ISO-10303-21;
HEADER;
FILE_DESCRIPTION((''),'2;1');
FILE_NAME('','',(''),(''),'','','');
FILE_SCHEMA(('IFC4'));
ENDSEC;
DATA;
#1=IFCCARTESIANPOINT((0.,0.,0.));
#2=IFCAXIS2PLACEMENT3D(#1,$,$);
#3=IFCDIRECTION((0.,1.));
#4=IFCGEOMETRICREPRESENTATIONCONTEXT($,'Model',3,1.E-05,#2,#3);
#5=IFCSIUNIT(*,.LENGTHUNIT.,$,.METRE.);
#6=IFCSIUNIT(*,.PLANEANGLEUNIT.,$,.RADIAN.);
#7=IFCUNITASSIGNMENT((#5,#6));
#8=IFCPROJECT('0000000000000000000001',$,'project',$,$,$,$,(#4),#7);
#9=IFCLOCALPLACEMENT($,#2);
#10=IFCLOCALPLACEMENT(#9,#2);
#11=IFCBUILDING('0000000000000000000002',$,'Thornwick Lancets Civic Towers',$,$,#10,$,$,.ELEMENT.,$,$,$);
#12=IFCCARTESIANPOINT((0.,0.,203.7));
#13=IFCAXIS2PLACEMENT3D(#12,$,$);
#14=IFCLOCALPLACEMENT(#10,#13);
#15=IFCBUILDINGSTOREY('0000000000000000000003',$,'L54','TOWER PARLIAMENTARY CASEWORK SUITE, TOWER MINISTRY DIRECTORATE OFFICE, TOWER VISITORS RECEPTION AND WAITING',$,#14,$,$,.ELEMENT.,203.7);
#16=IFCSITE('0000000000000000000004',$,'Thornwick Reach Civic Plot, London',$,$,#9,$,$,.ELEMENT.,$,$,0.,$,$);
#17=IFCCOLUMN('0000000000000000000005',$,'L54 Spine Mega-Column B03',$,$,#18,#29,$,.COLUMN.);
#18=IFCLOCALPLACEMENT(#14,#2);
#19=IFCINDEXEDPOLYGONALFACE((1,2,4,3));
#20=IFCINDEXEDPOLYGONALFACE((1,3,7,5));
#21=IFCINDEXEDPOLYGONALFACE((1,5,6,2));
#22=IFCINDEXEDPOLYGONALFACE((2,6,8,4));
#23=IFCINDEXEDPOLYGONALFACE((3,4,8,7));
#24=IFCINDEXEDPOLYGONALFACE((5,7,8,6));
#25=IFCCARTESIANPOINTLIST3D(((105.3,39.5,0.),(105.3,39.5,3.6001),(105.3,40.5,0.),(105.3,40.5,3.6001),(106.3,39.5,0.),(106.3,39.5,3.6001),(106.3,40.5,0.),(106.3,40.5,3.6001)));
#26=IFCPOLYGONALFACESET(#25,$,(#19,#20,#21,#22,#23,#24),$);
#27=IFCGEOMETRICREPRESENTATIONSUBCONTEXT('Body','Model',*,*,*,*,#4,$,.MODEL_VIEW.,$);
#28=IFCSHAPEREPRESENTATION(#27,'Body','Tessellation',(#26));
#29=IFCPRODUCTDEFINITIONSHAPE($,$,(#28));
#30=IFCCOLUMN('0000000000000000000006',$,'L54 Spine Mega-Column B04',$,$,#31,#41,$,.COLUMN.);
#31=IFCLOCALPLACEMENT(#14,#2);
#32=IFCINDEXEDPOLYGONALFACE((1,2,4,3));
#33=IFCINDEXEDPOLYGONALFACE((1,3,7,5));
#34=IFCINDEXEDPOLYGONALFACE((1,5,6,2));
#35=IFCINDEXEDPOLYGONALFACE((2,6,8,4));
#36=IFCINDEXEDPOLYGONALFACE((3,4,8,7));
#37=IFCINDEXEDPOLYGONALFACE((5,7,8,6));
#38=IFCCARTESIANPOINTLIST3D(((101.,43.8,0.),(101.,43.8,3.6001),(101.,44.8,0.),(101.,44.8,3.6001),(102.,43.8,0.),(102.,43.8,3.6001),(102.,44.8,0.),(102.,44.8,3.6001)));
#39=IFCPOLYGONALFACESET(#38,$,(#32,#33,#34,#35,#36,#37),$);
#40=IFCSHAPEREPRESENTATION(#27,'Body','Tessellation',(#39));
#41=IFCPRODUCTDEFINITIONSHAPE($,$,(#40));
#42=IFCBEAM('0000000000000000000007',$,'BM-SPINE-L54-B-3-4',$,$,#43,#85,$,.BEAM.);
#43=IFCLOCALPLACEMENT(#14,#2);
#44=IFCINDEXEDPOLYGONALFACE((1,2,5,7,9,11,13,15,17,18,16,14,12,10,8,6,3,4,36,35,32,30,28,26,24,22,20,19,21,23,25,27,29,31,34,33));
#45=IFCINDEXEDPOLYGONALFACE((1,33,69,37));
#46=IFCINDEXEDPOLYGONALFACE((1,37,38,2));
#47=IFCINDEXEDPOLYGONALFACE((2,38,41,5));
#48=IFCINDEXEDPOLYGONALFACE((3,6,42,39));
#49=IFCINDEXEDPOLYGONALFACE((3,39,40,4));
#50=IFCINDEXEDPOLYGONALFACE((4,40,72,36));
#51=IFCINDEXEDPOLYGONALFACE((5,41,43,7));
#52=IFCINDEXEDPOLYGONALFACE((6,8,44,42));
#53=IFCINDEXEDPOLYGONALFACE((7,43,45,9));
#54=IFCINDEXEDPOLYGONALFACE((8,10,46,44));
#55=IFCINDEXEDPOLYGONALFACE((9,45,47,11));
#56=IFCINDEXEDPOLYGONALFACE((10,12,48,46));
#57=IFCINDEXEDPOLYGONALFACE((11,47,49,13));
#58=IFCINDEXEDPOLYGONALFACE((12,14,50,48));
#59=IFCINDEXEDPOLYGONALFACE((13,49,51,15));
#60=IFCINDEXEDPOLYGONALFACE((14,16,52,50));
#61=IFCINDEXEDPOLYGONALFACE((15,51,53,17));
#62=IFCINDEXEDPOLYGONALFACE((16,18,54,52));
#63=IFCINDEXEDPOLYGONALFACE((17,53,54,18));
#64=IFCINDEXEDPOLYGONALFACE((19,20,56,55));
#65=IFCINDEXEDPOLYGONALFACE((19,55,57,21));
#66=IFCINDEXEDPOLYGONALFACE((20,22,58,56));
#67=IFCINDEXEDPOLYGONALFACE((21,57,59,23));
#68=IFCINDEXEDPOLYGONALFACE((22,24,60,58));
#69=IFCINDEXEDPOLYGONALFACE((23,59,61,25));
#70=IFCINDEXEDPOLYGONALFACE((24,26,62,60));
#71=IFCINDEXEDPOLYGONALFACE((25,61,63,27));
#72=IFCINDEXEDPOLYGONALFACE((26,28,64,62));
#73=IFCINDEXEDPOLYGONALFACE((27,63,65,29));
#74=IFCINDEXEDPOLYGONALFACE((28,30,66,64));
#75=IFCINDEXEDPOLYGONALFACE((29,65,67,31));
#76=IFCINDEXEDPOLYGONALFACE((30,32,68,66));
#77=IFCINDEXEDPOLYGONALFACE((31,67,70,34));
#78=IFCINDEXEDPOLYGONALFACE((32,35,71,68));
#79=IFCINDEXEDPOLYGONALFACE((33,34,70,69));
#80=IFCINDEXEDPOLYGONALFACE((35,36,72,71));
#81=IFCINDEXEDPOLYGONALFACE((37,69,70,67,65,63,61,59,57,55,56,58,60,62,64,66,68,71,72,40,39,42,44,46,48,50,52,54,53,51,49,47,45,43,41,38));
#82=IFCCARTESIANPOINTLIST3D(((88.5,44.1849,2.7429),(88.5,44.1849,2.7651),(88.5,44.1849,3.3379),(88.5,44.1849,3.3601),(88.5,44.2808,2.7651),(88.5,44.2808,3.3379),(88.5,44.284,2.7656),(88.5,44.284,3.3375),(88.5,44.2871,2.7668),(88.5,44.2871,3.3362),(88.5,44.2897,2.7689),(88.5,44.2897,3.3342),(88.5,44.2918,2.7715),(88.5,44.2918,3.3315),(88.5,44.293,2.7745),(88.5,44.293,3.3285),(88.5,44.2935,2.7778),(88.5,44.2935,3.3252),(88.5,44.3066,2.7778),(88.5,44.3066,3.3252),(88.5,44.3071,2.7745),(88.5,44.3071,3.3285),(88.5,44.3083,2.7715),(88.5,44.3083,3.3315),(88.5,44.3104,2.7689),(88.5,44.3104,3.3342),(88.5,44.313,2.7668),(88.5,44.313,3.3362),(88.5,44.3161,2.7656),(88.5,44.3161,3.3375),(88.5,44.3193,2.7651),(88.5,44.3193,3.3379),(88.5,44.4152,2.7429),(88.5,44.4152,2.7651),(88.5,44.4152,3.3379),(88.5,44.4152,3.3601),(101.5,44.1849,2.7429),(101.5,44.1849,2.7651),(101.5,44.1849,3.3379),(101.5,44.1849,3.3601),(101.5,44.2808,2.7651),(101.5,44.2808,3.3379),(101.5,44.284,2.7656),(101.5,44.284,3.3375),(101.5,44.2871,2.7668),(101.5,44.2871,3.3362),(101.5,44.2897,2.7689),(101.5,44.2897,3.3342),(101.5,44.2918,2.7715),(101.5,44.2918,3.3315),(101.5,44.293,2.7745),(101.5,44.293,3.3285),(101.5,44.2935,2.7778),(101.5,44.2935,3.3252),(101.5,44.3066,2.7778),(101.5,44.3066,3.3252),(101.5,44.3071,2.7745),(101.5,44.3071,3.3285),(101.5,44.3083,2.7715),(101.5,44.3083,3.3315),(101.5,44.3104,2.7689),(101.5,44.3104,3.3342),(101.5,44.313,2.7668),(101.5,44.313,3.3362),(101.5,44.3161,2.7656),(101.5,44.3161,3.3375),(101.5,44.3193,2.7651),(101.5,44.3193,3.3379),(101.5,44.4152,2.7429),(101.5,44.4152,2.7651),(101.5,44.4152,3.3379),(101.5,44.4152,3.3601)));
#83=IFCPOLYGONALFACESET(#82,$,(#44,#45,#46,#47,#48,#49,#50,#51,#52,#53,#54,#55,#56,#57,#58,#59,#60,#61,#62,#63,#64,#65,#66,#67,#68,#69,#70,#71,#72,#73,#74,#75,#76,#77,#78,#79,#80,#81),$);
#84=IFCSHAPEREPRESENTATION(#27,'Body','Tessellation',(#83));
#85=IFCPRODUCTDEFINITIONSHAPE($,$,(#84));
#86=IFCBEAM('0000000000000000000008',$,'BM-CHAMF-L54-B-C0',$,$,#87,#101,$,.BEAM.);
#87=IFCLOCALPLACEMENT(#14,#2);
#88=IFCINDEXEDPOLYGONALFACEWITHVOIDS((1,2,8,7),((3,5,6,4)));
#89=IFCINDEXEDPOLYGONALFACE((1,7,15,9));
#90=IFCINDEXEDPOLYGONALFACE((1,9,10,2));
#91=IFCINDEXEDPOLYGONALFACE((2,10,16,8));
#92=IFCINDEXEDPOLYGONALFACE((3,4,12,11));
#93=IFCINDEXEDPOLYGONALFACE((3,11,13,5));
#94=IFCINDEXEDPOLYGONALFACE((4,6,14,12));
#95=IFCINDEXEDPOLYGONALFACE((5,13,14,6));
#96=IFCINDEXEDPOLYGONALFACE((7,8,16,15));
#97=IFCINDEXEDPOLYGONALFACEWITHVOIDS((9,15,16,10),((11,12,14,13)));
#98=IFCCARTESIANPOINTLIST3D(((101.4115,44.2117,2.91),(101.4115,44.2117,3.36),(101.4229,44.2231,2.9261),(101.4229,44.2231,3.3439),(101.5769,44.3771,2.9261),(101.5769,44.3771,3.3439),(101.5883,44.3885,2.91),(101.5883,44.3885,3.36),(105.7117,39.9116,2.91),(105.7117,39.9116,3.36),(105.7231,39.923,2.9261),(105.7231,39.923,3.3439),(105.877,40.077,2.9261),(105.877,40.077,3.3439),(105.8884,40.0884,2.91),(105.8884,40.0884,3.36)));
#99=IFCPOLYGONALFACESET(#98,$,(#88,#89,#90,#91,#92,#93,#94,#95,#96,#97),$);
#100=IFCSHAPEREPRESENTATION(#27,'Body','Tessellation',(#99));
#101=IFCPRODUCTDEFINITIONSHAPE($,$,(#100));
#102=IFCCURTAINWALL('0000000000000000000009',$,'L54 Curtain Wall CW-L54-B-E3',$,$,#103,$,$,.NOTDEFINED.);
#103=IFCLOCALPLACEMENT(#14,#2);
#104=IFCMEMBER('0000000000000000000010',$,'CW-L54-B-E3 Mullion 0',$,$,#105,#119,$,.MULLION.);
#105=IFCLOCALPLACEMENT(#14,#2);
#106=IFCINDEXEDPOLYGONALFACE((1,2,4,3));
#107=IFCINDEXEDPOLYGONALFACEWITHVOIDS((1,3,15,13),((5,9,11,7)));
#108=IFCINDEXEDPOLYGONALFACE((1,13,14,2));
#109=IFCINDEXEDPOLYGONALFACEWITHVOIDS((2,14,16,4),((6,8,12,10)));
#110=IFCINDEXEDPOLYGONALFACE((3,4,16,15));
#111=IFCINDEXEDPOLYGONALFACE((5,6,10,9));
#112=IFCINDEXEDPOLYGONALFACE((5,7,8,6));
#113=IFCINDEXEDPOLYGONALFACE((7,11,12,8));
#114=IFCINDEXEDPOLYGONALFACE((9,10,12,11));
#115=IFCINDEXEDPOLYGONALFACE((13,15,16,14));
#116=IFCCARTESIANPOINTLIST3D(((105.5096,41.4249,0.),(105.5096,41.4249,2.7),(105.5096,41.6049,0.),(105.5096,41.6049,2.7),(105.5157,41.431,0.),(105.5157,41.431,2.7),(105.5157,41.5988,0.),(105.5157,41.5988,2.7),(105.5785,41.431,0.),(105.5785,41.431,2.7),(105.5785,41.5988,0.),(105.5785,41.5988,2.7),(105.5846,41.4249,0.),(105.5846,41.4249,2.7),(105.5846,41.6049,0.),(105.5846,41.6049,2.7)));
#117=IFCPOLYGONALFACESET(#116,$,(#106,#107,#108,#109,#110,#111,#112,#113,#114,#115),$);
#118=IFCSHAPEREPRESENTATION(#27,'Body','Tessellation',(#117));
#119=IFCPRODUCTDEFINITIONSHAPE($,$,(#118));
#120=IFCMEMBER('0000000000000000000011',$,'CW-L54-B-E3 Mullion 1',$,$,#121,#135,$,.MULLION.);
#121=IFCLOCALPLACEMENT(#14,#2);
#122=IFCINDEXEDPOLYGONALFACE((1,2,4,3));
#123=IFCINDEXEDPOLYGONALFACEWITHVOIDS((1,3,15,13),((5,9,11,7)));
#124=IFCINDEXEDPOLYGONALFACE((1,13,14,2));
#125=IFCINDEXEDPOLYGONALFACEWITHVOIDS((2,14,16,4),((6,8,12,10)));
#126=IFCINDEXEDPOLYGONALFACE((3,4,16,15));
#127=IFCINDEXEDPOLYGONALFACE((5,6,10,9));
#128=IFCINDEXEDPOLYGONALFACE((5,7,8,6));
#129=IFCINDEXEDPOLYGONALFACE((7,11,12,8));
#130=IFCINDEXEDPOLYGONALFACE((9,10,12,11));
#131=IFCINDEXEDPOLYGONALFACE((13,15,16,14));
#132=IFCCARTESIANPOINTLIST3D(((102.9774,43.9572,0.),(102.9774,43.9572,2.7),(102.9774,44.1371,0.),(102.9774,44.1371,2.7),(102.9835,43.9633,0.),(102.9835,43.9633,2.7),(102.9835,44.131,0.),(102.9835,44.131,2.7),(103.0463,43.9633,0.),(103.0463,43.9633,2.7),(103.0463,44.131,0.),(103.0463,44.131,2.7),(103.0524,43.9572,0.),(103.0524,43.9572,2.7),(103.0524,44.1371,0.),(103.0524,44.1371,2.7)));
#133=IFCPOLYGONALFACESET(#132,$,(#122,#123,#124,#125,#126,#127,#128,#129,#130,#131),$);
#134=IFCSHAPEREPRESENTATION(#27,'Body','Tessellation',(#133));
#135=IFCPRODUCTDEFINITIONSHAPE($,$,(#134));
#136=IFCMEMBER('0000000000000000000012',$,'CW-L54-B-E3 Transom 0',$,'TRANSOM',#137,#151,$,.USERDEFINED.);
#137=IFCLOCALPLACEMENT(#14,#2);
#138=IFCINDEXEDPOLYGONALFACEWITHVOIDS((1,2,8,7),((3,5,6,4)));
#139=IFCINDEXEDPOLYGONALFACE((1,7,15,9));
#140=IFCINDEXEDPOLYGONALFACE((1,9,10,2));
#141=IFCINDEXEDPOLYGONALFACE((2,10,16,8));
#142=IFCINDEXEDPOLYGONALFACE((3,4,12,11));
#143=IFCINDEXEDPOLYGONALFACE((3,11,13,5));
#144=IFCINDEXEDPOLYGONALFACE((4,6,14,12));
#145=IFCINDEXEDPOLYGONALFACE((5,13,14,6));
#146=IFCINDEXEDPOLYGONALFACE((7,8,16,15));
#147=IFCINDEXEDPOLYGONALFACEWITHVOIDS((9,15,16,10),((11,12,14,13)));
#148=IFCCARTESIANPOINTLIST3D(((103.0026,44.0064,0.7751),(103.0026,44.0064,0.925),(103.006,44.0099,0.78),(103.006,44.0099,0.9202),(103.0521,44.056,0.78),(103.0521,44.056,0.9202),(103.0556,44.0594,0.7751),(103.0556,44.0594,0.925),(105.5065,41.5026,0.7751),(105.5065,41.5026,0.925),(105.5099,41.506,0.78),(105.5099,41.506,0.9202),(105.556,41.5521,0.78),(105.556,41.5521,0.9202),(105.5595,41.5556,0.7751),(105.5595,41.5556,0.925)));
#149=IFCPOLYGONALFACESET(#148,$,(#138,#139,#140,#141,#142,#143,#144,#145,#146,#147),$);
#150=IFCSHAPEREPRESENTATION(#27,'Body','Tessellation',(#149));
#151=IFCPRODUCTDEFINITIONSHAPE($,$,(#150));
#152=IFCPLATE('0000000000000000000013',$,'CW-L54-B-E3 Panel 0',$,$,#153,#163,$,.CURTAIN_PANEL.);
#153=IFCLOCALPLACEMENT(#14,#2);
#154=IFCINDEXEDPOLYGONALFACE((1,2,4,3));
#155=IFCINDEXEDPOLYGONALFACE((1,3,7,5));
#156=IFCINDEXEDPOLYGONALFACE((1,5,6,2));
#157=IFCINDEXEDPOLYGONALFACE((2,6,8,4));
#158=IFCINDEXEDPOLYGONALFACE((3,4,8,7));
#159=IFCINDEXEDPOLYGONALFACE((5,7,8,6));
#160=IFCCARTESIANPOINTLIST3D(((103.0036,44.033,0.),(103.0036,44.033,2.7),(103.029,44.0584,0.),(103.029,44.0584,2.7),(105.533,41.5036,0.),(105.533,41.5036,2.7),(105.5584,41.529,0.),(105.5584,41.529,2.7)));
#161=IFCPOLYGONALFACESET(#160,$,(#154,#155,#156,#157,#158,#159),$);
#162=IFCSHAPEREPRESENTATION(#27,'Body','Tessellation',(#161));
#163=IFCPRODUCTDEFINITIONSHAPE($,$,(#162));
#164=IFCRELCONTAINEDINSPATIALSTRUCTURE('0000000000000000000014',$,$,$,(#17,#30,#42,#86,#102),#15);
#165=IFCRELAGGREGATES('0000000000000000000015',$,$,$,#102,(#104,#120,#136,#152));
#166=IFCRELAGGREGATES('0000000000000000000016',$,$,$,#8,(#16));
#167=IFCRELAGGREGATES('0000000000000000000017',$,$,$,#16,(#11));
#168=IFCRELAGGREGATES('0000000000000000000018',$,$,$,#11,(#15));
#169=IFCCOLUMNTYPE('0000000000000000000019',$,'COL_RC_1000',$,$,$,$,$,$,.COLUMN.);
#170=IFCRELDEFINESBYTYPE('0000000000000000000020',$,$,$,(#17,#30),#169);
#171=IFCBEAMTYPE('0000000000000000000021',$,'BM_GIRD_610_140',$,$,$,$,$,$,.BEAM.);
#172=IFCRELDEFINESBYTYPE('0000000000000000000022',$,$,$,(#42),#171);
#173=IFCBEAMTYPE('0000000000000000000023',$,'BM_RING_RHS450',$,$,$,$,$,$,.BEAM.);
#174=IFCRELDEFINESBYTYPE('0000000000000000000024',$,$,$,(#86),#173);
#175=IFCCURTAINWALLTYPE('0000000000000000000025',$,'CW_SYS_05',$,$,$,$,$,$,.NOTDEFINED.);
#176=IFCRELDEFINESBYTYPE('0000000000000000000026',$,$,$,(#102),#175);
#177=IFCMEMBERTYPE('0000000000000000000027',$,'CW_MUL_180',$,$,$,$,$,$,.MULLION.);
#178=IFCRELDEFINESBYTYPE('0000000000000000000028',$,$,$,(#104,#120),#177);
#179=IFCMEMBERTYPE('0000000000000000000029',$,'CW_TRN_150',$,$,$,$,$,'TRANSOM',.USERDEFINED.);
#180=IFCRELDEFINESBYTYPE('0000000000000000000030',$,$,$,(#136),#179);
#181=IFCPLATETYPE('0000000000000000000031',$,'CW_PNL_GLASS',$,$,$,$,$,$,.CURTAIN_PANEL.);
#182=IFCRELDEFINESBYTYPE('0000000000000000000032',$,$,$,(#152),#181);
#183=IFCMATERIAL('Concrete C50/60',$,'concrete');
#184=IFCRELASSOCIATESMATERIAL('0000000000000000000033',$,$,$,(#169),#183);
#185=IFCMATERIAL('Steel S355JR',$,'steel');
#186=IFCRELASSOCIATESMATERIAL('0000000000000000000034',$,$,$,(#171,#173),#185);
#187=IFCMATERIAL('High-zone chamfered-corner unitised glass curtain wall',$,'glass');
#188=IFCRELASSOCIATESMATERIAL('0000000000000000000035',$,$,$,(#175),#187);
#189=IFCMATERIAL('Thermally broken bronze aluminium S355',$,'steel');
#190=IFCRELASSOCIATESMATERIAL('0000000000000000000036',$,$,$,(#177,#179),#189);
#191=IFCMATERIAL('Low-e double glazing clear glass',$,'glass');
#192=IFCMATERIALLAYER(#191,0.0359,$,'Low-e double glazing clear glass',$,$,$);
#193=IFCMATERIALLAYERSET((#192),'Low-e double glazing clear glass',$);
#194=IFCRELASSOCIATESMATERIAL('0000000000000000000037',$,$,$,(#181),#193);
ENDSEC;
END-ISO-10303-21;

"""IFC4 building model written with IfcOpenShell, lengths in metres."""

from ifc_helpers import new_model, si_unit, direction, frame, origin, origin_2d, place, context, subcontext, project, spatial, rectangle, hollow_rectangle, i_section, extrude, material, layer, layer_set, material_profile, profile_set, type_object, element, aggregate, save


model = new_model("IFC4")

# Units and contexts
model_context = context("Model", 3, precision=1e-05, world=origin(), true_north=direction((0.0, 1.0)))
body_context = subcontext(model_context, "Body", "Model", "MODEL_VIEW")
ifc_project = project(units=[si_unit("LENGTHUNIT", "METRE"), si_unit("PLANEANGLEUNIT", "RADIAN")], contexts=[model_context])

# Site, building, storey
site_placement = place(None, origin())
site = spatial("IfcSite", under=ifc_project, at=site_placement, Name="Thornwick Reach Civic Plot, London", CompositionType="ELEMENT", RefElevation=0.0)
building_placement = place(site_placement, origin())
building = spatial("IfcBuilding", under=site, at=building_placement, Name="Thornwick Lancets Civic Towers", CompositionType="ELEMENT")
storey_placement = place(building_placement, frame((0.0, 0.0, 203.7)))
storey = spatial("IfcBuildingStorey", under=building, at=storey_placement, Name="L54", Description="TOWER PARLIAMENTARY CASEWORK SUITE, TOWER MINISTRY DIRECTORATE OFFICE, TOWER VISITORS RECEPTION AND WAITING", CompositionType="ELEMENT", Elevation=203.7)

# Columns
ifc_material_1 = material(Name="Concrete C50/60", Category="concrete")
ifc_material_profile_1 = material_profile(ifc_material_1, rectangle(XDim=1.0, YDim=1.0, at=origin_2d()), Name="RC 1000x1000")
ifc_profile_set_1 = profile_set([ifc_material_profile_1], Name="Concrete C50/60")
column_type = type_object("IfcColumnType", Name="COL_RC_1000", PredefinedType="COLUMN", material=ifc_profile_set_1)
for number, where, z_axis, x_axis, name in (
    (1, (105.8, 40.0, 0.0), (0.0, 0.0, 1.0), (1.0, 0.0, 0.0), "L54 Spine Mega-Column B03"),
    (2, (101.5, 44.3, 0.0), (0.0, 0.0, 1.0), (1.0, 0.0, 0.0), "L54 Spine Mega-Column B04"),
):
    element("IfcColumn", number, at=place(storey_placement, frame(where, z_axis=z_axis, x_axis=x_axis)), inside=storey, type_object=column_type, Name=name, PredefinedType="COLUMN", context=body_context, shape_type="SweptSolid", body=[
        extrude(rectangle(XDim=1.0, YDim=1.0, at=origin_2d()), origin(), (0.0, 0.0, 1.0), 3.6001),
    ])

# Beams
ifc_material_2 = material(Name="Steel S355JR", Category="steel")
ifc_material_profile_2 = material_profile(ifc_material_2, i_section(OverallWidth=0.2302, OverallDepth=0.6172, WebThickness=0.0132, FlangeThickness=0.0222, FilletRadius=0.0127, at=origin_2d()), Name="UKB 610x229x140")
ifc_profile_set_2 = profile_set([ifc_material_profile_2], Name="Steel S355JR")
beam_type_1 = type_object("IfcBeamType", Name="BM_GIRD_610_140", PredefinedType="BEAM", material=ifc_profile_set_2)
beam_1_placement = place(storey_placement, frame((101.5, 44.3, 3.0515), z_axis=(-1.0, 0.0, 0.0), x_axis=(0.0, -1.0, 0.0)))
element("IfcBeam", 3, at=beam_1_placement, inside=storey, type_object=beam_type_1, Name="BM-SPINE-L54-B-3-4", PredefinedType="BEAM", context=body_context, shape_type="SweptSolid", body=[
    extrude(i_section(OverallWidth=0.2302, OverallDepth=0.6172, WebThickness=0.0132, FlangeThickness=0.0222, FilletRadius=0.0127, at=origin_2d()), origin(), (0.0, 0.0, 1.0), 13.0),
])
ifc_material_profile_3 = material_profile(ifc_material_2, hollow_rectangle(XDim=0.25, YDim=0.45, WallThickness=0.0161, at=origin_2d()), Name="RHS 450x250x16")
ifc_profile_set_3 = profile_set([ifc_material_profile_3], Name="Steel S355JR")
beam_type_2 = type_object("IfcBeamType", Name="BM_RING_RHS450", PredefinedType="BEAM", material=ifc_profile_set_3)
beam_2_placement = place(storey_placement, frame((105.8, 40.0, 3.135), z_axis=(-0.707107, 0.707107, 0.0), x_axis=(-0.707107, -0.707107, 0.0)))
element("IfcBeam", 4, at=beam_2_placement, inside=storey, type_object=beam_type_2, Name="BM-CHAMF-L54-B-C0", PredefinedType="BEAM", context=body_context, shape_type="SweptSolid", body=[
    extrude(hollow_rectangle(XDim=0.25, YDim=0.45, WallThickness=0.0161, at=origin_2d()), origin(), (0.0, 0.0, 1.0), 6.0813),
])

# Curtain wall, members, plate
ifc_material_3 = material(Name="High-zone chamfered-corner unitised glass curtain wall", Category="glass")
curtain_wall_type = type_object("IfcCurtainWallType", Name="CW_SYS_05", PredefinedType="NOTDEFINED", material=ifc_material_3)
curtain_wall_placement = place(storey_placement, origin())
curtain_wall = element("IfcCurtainWall", 5, at=curtain_wall_placement, inside=storey, type_object=curtain_wall_type, Name="L54 Curtain Wall CW-L54-B-E3", PredefinedType="NOTDEFINED")
ifc_material_4 = material(Name="Thermally broken bronze aluminium S355", Category="steel")
ifc_material_profile_4 = material_profile(ifc_material_4, hollow_rectangle(XDim=0.075, YDim=0.1799, WallThickness=0.0061, at=origin_2d()), Name="RHS 180x75x6")
ifc_profile_set_4 = profile_set([ifc_material_profile_4], Name="Thermally broken bronze aluminium S355")
member_type_1 = type_object("IfcMemberType", Name="CW_MUL_180", PredefinedType="MULLION", material=ifc_profile_set_4)
member_1_placement = place(storey_placement, frame((105.5471, 41.5149, 0.0), z_axis=(0.0, 0.0, 1.0), x_axis=(1.0, 0.0, 0.0)))
member_1 = element("IfcMember", 6, at=member_1_placement, type_object=member_type_1, Name="CW-L54-B-E3 Mullion 0", PredefinedType="MULLION", context=body_context, shape_type="SweptSolid", body=[
    extrude(hollow_rectangle(XDim=0.075, YDim=0.1799, WallThickness=0.0061, at=origin_2d()), origin(), (0.0, 0.0, 1.0), 2.7),
])
member_2_placement = place(storey_placement, frame((103.0149, 44.0471, 0.0), z_axis=(0.0, 0.0, 1.0), x_axis=(1.0, 0.0, 0.0)))
member_2 = element("IfcMember", 7, at=member_2_placement, type_object=member_type_1, Name="CW-L54-B-E3 Mullion 1", PredefinedType="MULLION", context=body_context, shape_type="SweptSolid", body=[
    extrude(hollow_rectangle(XDim=0.075, YDim=0.1799, WallThickness=0.0061, at=origin_2d()), origin(), (0.0, 0.0, 1.0), 2.7),
])
ifc_material_profile_5 = material_profile(ifc_material_4, hollow_rectangle(XDim=0.075, YDim=0.1499, WallThickness=0.0049, at=origin_2d()), Name="RHS 150x75x5")
ifc_profile_set_5 = profile_set([ifc_material_profile_5], Name="Thermally broken bronze aluminium S355")
member_type_2 = type_object("IfcMemberType", Name="CW_TRN_150", ElementType="TRANSOM", PredefinedType="USERDEFINED", material=ifc_profile_set_5)
member_3_placement = place(storey_placement, frame((105.533, 41.5291, 0.8501), z_axis=(-0.707107, 0.707107, 0.0), x_axis=(-0.707107, -0.707107, 0.0)))
member_3 = element("IfcMember", 8, at=member_3_placement, type_object=member_type_2, Name="CW-L54-B-E3 Transom 0", ObjectType="TRANSOM", PredefinedType="USERDEFINED", context=body_context, shape_type="SweptSolid", body=[
    extrude(hollow_rectangle(XDim=0.075, YDim=0.1499, WallThickness=0.0049, at=origin_2d()), origin(), (0.0, 0.0, 1.0), 3.541),
])
ifc_material_5 = material(Name="Low-e double glazing clear glass", Category="glass")
ifc_layer_1 = layer(ifc_material_5, 0.0359, Name="Low-e double glazing clear glass")
ifc_layer_set_1 = layer_set([ifc_layer_1], Name="Low-e double glazing clear glass")
plate_type = type_object("IfcPlateType", Name="CW_PNL_GLASS", PredefinedType="CURTAIN_PANEL", material=ifc_layer_set_1)
plate_placement = place(storey_placement, frame((104.281, 42.781, 0.0), z_axis=(0.0, 0.0, 1.0), x_axis=(-0.707107, 0.707107, 0.0)))
plate = element("IfcPlate", 9, at=plate_placement, type_object=plate_type, Name="CW-L54-B-E3 Panel 0", PredefinedType="CURTAIN_PANEL", context=body_context, shape_type="SweptSolid", body=[
    extrude(rectangle(XDim=3.5771, YDim=0.0359, at=origin_2d()), origin(), (0.0, 0.0, 1.0), 2.7),
])
aggregate(curtain_wall, [member_1, member_2, member_3, plate])

save(model, "model.ifc")
